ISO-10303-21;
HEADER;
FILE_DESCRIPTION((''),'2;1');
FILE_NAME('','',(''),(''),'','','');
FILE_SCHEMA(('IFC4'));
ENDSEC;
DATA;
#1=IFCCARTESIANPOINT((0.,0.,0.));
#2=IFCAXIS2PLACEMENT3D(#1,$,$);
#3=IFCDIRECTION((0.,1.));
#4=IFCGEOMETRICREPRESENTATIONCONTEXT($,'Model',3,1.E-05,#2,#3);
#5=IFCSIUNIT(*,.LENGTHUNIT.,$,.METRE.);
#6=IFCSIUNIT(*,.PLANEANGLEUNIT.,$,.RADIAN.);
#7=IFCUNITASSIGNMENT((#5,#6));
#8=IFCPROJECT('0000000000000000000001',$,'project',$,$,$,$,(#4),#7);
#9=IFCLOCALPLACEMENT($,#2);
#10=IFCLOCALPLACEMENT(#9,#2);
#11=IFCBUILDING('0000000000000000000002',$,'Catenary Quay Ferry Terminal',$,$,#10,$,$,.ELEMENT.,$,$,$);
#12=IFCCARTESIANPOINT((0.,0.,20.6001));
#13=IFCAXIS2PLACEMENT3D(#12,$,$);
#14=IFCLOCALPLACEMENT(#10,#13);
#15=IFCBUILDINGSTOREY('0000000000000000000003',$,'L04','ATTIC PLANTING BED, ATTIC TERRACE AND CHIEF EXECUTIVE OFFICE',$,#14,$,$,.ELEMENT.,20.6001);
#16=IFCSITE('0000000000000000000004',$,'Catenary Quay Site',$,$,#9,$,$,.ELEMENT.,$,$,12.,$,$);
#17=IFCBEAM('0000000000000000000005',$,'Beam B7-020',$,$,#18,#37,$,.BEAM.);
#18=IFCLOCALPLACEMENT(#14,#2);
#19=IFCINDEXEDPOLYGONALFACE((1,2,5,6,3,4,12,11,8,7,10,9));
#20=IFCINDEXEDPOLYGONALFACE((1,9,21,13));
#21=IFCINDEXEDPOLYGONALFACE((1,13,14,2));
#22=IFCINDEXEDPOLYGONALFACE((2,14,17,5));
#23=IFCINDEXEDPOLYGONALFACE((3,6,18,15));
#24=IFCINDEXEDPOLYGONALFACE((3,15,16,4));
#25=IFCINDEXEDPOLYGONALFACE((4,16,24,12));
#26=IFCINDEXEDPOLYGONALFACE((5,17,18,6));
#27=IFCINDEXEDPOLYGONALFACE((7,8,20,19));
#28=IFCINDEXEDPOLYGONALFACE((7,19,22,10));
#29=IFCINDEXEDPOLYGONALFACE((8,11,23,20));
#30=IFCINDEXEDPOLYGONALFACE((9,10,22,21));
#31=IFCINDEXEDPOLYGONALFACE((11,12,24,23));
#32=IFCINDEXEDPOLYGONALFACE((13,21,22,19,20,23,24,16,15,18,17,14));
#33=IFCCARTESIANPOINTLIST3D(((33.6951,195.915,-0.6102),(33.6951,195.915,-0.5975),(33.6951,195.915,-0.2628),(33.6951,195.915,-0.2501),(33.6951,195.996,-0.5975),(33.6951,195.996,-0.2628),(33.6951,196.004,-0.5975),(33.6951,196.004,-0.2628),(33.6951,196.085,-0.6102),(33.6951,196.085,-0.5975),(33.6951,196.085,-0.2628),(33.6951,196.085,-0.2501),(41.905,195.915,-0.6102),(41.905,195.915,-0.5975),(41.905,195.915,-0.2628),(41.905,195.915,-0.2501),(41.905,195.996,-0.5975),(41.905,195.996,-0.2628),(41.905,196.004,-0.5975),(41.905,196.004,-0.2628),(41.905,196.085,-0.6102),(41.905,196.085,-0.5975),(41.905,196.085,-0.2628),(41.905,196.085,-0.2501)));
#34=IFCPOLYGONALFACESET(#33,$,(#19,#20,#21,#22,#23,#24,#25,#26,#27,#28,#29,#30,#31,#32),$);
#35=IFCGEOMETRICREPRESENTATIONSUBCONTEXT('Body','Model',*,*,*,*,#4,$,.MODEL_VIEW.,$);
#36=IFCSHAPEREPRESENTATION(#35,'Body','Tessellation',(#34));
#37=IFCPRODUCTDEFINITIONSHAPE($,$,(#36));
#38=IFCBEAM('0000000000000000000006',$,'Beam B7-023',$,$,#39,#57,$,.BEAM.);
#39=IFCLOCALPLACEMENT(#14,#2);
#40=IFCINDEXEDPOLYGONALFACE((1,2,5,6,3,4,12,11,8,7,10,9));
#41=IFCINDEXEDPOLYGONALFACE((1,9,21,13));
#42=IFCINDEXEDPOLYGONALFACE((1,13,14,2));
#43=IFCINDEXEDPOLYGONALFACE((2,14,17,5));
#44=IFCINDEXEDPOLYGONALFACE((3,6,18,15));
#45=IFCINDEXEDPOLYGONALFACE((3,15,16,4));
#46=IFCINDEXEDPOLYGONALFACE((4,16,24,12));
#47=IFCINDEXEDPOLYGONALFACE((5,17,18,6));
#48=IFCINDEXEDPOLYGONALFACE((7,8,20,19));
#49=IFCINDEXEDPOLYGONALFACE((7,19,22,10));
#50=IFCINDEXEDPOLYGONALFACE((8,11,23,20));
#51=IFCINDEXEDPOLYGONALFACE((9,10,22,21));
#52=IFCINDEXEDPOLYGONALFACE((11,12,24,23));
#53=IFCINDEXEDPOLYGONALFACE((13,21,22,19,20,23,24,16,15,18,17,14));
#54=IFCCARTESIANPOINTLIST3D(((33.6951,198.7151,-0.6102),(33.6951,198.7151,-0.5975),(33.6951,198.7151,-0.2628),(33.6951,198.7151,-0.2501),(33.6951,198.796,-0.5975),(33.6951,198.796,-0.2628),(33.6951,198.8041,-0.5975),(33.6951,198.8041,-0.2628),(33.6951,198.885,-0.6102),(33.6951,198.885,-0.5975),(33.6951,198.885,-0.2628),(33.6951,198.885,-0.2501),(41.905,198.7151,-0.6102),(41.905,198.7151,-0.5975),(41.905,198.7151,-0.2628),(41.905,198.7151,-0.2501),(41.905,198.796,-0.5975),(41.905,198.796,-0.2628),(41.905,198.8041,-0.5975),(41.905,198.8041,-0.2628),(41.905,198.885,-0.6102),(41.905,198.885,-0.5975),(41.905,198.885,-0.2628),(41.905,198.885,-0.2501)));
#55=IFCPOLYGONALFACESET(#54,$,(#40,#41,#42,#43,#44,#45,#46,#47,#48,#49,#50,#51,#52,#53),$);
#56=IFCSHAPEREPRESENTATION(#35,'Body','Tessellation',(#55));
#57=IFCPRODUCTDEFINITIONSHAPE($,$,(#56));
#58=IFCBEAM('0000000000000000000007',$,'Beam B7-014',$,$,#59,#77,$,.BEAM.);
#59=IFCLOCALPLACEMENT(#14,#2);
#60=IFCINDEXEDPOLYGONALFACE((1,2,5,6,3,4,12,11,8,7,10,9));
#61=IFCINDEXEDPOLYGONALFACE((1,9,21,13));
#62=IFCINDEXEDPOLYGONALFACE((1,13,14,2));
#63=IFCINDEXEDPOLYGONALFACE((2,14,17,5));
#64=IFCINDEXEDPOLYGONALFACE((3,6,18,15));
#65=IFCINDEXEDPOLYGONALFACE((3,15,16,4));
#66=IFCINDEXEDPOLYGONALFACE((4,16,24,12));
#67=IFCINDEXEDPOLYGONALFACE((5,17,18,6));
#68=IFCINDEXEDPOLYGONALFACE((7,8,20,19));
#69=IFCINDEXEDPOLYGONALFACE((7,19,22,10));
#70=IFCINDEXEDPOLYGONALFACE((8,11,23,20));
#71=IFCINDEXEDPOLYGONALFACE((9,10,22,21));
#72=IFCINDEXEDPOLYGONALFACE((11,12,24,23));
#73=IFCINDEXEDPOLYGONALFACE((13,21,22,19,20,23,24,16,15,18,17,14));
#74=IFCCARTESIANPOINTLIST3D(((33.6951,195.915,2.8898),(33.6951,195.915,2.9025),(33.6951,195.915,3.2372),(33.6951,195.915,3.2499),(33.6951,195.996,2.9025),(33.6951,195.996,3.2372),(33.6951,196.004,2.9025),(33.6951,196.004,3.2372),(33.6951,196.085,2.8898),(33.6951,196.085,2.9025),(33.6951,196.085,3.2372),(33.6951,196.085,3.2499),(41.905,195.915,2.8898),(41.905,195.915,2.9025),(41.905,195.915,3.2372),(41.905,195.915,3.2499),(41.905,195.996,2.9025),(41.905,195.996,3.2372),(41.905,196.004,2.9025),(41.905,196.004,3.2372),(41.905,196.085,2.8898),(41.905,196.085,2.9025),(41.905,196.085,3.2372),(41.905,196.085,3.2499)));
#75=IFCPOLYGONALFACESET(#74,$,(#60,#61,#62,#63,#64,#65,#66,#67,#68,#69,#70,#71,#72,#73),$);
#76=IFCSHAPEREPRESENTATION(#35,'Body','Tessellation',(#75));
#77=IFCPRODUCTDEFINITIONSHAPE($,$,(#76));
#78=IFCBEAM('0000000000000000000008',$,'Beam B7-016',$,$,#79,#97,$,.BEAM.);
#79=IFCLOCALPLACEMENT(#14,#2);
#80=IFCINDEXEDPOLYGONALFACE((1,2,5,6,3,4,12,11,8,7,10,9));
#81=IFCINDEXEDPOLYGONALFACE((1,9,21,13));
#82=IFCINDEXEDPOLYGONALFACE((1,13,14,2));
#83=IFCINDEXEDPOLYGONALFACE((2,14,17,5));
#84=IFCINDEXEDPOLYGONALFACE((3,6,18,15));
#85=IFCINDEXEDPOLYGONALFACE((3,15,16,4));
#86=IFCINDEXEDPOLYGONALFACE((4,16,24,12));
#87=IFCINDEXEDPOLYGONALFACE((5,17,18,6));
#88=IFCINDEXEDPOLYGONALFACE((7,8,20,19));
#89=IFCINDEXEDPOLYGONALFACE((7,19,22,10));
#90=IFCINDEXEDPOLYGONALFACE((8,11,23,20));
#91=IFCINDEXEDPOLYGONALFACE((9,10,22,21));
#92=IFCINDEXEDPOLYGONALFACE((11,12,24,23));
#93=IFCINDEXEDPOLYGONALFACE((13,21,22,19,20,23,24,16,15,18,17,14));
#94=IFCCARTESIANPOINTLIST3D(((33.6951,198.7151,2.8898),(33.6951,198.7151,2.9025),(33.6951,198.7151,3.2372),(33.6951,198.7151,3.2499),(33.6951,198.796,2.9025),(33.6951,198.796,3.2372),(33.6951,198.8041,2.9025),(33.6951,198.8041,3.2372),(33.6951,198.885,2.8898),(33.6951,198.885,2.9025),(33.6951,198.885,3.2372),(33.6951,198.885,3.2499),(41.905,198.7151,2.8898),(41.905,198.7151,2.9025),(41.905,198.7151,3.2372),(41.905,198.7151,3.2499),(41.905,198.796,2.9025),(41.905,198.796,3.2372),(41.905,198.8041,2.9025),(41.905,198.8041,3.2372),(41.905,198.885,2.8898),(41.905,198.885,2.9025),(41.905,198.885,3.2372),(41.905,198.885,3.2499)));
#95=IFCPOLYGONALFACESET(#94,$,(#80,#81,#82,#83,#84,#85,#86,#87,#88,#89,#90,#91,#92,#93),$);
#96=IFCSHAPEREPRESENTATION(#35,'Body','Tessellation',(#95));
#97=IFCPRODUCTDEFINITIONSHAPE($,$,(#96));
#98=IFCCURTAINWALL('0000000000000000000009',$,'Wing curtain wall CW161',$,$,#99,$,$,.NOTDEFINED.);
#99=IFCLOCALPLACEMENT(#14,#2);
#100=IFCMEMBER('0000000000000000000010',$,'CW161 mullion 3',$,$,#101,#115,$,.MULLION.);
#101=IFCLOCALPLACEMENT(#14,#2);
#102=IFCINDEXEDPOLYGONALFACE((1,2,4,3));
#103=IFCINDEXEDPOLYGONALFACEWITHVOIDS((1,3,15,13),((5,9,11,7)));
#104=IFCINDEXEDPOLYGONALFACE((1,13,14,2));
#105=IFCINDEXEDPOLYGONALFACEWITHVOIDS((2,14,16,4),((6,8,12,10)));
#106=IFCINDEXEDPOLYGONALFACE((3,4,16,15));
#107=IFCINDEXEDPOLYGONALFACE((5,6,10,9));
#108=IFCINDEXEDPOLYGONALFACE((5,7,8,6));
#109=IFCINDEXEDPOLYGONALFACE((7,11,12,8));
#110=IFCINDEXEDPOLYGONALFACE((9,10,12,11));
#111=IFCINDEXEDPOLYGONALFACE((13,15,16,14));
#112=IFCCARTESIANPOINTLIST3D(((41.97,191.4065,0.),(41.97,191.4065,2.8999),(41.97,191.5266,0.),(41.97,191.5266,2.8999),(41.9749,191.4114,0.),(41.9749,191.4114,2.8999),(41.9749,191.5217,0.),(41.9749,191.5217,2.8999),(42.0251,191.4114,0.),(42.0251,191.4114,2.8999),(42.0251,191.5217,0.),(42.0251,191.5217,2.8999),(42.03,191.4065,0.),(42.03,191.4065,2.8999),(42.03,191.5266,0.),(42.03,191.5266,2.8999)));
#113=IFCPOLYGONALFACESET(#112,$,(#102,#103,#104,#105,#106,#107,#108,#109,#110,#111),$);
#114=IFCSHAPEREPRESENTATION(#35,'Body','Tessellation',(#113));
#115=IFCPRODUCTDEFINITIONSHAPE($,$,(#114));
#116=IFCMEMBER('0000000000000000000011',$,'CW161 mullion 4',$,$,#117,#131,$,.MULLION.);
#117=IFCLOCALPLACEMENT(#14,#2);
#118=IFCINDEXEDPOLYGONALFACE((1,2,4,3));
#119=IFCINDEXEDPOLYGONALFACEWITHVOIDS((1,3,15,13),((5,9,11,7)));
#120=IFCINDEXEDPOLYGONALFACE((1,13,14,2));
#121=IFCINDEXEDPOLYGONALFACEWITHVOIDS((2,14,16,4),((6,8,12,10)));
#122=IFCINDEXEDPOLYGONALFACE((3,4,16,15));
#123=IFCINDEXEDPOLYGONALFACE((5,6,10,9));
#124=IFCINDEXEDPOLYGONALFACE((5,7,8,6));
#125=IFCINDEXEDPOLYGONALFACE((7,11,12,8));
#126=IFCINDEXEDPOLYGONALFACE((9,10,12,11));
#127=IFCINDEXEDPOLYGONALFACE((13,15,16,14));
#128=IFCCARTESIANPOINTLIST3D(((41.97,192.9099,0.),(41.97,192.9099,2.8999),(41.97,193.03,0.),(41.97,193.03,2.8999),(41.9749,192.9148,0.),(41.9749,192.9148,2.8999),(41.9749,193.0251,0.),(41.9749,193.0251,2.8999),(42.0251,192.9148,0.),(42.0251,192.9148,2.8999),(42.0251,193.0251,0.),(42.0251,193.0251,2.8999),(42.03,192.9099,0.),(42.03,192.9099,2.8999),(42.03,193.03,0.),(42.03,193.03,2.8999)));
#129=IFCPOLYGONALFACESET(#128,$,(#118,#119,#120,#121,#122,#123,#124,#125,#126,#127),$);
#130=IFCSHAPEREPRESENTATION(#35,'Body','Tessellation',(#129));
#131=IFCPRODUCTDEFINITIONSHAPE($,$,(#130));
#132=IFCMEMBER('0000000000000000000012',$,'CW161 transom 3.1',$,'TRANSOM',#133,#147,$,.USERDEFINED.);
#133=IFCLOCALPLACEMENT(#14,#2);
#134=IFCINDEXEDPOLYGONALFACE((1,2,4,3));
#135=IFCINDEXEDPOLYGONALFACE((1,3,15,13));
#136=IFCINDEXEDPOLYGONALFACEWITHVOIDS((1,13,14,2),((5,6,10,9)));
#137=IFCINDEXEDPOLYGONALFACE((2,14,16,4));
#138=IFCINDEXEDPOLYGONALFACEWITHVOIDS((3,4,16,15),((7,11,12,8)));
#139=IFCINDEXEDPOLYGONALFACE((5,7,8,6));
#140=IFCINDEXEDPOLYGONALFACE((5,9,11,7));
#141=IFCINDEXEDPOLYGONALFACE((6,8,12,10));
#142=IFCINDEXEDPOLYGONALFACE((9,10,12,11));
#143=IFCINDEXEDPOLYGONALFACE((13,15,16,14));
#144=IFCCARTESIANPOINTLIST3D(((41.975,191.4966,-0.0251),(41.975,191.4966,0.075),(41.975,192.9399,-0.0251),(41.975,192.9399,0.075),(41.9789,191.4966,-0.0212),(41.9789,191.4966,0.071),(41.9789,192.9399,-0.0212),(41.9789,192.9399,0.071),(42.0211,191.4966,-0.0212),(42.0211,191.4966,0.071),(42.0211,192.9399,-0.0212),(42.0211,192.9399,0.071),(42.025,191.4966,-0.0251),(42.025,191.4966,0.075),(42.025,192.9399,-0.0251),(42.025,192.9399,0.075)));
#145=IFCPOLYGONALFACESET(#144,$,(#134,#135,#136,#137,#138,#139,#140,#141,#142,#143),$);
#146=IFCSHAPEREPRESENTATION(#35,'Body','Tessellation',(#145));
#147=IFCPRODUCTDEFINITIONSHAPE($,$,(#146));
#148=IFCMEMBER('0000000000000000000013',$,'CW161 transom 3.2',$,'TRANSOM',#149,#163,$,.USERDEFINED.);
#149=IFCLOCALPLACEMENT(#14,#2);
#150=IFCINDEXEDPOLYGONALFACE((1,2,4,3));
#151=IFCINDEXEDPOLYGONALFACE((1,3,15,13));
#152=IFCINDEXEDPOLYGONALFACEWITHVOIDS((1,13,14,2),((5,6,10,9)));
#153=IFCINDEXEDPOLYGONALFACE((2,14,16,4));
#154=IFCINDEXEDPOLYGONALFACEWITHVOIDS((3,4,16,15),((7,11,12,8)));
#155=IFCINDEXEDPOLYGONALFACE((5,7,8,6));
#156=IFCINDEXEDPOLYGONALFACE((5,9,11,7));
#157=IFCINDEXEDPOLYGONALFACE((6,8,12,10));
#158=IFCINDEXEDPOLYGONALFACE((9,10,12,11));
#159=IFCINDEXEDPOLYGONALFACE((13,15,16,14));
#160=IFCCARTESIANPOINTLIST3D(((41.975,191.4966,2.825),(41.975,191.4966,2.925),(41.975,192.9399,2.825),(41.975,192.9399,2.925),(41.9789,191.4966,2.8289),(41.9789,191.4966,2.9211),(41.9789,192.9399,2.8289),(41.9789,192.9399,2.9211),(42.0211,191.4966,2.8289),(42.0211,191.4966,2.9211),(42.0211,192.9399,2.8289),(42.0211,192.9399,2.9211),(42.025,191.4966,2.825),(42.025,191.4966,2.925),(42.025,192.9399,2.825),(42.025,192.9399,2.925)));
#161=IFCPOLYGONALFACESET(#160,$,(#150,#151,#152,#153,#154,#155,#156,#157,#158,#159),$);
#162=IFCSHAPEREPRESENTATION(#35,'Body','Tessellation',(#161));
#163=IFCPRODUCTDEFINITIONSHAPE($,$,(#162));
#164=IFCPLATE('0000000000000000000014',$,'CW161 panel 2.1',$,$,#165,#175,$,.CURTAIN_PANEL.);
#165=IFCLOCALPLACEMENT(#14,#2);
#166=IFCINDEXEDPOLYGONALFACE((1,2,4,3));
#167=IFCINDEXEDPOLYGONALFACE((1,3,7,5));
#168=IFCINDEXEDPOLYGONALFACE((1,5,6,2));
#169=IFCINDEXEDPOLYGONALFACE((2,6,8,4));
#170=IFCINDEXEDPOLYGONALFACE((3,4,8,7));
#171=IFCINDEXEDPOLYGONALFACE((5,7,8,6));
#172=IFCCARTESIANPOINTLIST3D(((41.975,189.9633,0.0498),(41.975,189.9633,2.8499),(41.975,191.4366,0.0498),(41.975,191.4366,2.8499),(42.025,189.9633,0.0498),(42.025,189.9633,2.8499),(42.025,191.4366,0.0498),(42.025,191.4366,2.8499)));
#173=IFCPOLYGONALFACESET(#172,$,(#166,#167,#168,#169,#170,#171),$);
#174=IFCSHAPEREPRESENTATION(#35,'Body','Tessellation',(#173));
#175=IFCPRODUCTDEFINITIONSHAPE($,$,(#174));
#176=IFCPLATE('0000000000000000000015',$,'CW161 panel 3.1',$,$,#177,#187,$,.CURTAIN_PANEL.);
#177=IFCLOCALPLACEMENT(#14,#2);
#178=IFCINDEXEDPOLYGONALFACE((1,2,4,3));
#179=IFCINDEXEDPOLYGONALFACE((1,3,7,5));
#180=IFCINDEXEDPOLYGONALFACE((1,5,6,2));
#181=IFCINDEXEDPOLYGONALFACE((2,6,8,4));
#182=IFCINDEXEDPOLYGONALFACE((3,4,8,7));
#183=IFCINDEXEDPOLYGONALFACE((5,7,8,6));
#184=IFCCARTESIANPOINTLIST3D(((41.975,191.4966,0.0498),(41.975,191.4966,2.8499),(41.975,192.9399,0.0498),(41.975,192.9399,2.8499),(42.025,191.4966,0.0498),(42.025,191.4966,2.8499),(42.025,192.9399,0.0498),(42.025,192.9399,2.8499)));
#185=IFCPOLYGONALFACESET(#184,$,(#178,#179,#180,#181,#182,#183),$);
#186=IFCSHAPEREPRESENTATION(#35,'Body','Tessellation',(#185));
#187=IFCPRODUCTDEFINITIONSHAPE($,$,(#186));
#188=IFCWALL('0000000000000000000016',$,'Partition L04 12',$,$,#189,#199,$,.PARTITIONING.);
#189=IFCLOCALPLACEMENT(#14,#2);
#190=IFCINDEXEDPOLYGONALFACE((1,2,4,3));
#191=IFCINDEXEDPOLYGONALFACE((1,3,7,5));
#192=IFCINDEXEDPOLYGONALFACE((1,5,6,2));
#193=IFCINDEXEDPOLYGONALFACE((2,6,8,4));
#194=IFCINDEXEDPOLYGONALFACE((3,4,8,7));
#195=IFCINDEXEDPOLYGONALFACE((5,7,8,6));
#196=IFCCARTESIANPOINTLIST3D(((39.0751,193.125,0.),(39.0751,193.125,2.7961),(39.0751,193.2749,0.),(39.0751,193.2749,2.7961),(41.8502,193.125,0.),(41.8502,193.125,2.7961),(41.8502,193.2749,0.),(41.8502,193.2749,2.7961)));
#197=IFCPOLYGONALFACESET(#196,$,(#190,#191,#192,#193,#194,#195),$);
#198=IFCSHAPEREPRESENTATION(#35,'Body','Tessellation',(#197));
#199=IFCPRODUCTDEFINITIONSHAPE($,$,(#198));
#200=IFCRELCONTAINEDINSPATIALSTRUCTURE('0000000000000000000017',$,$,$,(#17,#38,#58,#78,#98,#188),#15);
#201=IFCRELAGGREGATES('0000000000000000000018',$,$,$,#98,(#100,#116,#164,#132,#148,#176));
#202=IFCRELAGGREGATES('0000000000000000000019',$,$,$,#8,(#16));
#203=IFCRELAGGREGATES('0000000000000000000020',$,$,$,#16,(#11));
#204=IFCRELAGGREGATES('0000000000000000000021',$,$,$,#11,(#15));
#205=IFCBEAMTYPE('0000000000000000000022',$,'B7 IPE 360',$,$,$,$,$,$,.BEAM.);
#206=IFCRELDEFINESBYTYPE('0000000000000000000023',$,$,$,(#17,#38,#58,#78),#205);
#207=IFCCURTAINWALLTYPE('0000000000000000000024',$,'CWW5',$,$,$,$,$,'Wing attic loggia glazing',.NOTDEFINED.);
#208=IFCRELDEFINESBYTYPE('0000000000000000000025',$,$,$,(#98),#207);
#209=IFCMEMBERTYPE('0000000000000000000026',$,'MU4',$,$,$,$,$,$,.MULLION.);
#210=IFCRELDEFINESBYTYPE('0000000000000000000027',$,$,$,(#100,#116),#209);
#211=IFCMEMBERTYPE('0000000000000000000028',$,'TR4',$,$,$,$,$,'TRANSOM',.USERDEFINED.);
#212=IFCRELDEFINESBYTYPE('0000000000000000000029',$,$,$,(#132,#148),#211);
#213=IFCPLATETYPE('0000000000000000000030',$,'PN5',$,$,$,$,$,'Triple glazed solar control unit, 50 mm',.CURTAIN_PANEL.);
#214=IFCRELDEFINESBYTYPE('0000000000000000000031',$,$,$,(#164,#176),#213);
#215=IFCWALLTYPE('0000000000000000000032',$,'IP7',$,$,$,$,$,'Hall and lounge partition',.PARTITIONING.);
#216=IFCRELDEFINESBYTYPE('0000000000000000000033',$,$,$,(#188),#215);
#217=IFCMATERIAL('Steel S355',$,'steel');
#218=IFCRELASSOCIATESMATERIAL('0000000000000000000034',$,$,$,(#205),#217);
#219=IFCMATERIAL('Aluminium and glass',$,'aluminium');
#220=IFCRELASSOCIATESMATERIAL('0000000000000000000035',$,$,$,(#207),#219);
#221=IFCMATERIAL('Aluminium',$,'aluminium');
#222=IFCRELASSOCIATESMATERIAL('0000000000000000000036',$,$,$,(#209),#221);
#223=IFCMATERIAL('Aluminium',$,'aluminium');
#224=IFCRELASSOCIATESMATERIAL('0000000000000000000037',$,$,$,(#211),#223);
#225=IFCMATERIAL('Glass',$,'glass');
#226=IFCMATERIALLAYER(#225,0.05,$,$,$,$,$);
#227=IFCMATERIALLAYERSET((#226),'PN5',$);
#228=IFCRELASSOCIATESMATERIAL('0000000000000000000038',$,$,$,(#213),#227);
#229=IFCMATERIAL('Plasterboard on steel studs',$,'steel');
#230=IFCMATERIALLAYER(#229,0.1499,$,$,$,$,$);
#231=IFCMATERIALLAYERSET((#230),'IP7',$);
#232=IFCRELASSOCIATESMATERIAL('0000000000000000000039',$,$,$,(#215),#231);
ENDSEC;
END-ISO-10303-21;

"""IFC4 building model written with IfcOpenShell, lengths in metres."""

from ifc_helpers import new_model, si_unit, direction, frame, frame_2d, origin, origin_2d, place, context, subcontext, project, spatial, rectangle, hollow_rectangle, i_section, extrude, material, layer, layer_set, material_profile, profile_set, type_object, element, aggregate, save


model = new_model("IFC4")

# Units and contexts
model_context = context("Model", 3, precision=1e-05, world=origin(), true_north=direction((0.0, 1.0)))
body_context = subcontext(model_context, "Body", "Model", "MODEL_VIEW")
ifc_project = project(units=[si_unit("LENGTHUNIT", "METRE"), si_unit("PLANEANGLEUNIT", "RADIAN")], contexts=[model_context])

# Site, building, storey
site_placement = place(None, origin())
site = spatial("IfcSite", under=ifc_project, at=site_placement, Name="Catenary Quay Site", CompositionType="ELEMENT", RefElevation=12.0)
building_placement = place(site_placement, origin())
building = spatial("IfcBuilding", under=site, at=building_placement, Name="Catenary Quay Ferry Terminal", CompositionType="ELEMENT")
storey_placement = place(building_placement, frame((0.0, 0.0, 20.6001)))
storey = spatial("IfcBuildingStorey", under=building, at=storey_placement, Name="L04", Description="ATTIC PLANTING BED, ATTIC TERRACE AND CHIEF EXECUTIVE OFFICE", CompositionType="ELEMENT", Elevation=20.6001)

# Beams
ifc_material_1 = material(Name="Steel S355", Category="steel")
ifc_material_profile_1 = material_profile(ifc_material_1, i_section(OverallWidth=0.1699, OverallDepth=0.3601, WebThickness=0.0081, FlangeThickness=0.0127, at=origin_2d()), Name="IPE 360")
ifc_profile_set_1 = profile_set([ifc_material_profile_1], Name="Steel S355")
beam_type = type_object("IfcBeamType", Name="B7 IPE 360", PredefinedType="BEAM", material=ifc_profile_set_1)
for number, where, z_axis, x_axis, name in (
    (1, (33.6951, 196.0, -0.4302), (1.0, 0.0, 0.0), (0.0, 1.0, 0.0), "Beam B7-020"),
    (2, (33.6951, 198.8, -0.4302), (1.0, 0.0, 0.0), (0.0, 1.0, 0.0), "Beam B7-023"),
    (3, (33.6951, 196.0, 3.0698), (1.0, 0.0, 0.0), (0.0, 1.0, 0.0), "Beam B7-014"),
    (4, (33.6951, 198.8, 3.0698), (1.0, 0.0, 0.0), (0.0, 1.0, 0.0), "Beam B7-016"),
):
    element("IfcBeam", number, at=place(storey_placement, frame(where, z_axis=z_axis, x_axis=x_axis)), inside=storey, type_object=beam_type, Name=name, PredefinedType="BEAM", context=body_context, shape_type="SweptSolid", body=[
        extrude(i_section(OverallWidth=0.1699, OverallDepth=0.3601, WebThickness=0.0081, FlangeThickness=0.0127, at=origin_2d()), origin(), (0.0, 0.0, 1.0), 8.21),
    ])

# Curtain wall, members, plates
ifc_material_2 = material(Name="Aluminium and glass", Category="aluminium")
curtain_wall_type = type_object("IfcCurtainWallType", Name="CWW5", ElementType="Wing attic loggia glazing", PredefinedType="NOTDEFINED", material=ifc_material_2)
curtain_wall_placement = place(storey_placement, origin())
curtain_wall = element("IfcCurtainWall", 5, at=curtain_wall_placement, inside=storey, type_object=curtain_wall_type, Name="Wing curtain wall CW161", PredefinedType="NOTDEFINED")
ifc_material_3 = material(Name="Aluminium", Category="aluminium")
ifc_material_profile_2 = material_profile(ifc_material_3, hollow_rectangle(XDim=0.0601, YDim=0.1201, WallThickness=0.0049, at=origin_2d()), Name="MU4")
ifc_profile_set_2 = profile_set([ifc_material_profile_2], Name="Aluminium")
member_type_1 = type_object("IfcMemberType", Name="MU4", PredefinedType="MULLION", material=ifc_profile_set_2)
member_1_placement = place(storey_placement, frame((42.0, 191.4666, 0.0), z_axis=(0.0, 0.0, 1.0), x_axis=(-1.0, 0.0, 0.0)))
member_1 = element("IfcMember", 6, at=member_1_placement, type_object=member_type_1, Name="CW161 mullion 3", PredefinedType="MULLION", context=body_context, shape_type="SweptSolid", body=[
    extrude(hollow_rectangle(XDim=0.0601, YDim=0.1201, WallThickness=0.0049, at=origin_2d()), origin(), (0.0, 0.0, 1.0), 2.8999),
])
member_2_placement = place(storey_placement, frame((42.0, 192.97, 0.0), z_axis=(0.0, 0.0, 1.0), x_axis=(-1.0, 0.0, 0.0)))
member_2 = element("IfcMember", 7, at=member_2_placement, type_object=member_type_1, Name="CW161 mullion 4", PredefinedType="MULLION", context=body_context, shape_type="SweptSolid", body=[
    extrude(hollow_rectangle(XDim=0.0601, YDim=0.1201, WallThickness=0.0049, at=origin_2d()), origin(), (0.0, 0.0, 1.0), 2.8999),
])
ifc_material_4 = material(Name="Aluminium", Category="aluminium")
ifc_material_profile_3 = material_profile(ifc_material_4, hollow_rectangle(XDim=0.05, YDim=0.1001, WallThickness=0.0039, at=origin_2d()), Name="TR4")
ifc_profile_set_3 = profile_set([ifc_material_profile_3], Name="Aluminium")
member_type_2 = type_object("IfcMemberType", Name="TR4", ElementType="TRANSOM", PredefinedType="USERDEFINED", material=ifc_profile_set_3)
member_3_placement = place(storey_placement, frame((42.0, 191.4966, 0.0249), z_axis=(0.0, 1.0, 0.0), x_axis=(-1.0, 0.0, 0.0)))
member_3 = element("IfcMember", 8, at=member_3_placement, type_object=member_type_2, Name="CW161 transom 3.1", ObjectType="TRANSOM", PredefinedType="USERDEFINED", context=body_context, shape_type="SweptSolid", body=[
    extrude(hollow_rectangle(XDim=0.05, YDim=0.1001, WallThickness=0.0039, at=origin_2d()), origin(), (0.0, 0.0, 1.0), 1.4434),
])
member_4_placement = place(storey_placement, frame((42.0, 191.4966, 2.875), z_axis=(0.0, 1.0, 0.0), x_axis=(-1.0, 0.0, 0.0)))
member_4 = element("IfcMember", 9, at=member_4_placement, type_object=member_type_2, Name="CW161 transom 3.2", ObjectType="TRANSOM", PredefinedType="USERDEFINED", context=body_context, shape_type="SweptSolid", body=[
    extrude(hollow_rectangle(XDim=0.05, YDim=0.1001, WallThickness=0.0039, at=origin_2d()), origin(), (0.0, 0.0, 1.0), 1.4434),
])
ifc_material_5 = material(Name="Glass", Category="glass")
ifc_layer_1 = layer(ifc_material_5, 0.05)
ifc_layer_set_1 = layer_set([ifc_layer_1], Name="PN5")
plate_type = type_object("IfcPlateType", Name="PN5", ElementType="Triple glazed solar control unit, 50 mm", PredefinedType="CURTAIN_PANEL", material=ifc_layer_set_1)
plate_1_placement = place(storey_placement, frame((42.0, 190.7, 0.0498), z_axis=(0.0, 0.0, 1.0), x_axis=(0.0, 1.0, 0.0)))
plate_1 = element("IfcPlate", 10, at=plate_1_placement, type_object=plate_type, Name="CW161 panel 2.1", PredefinedType="CURTAIN_PANEL", context=body_context, shape_type="SweptSolid", body=[
    extrude(rectangle(XDim=1.4734, YDim=0.05, at=origin_2d()), origin(), (0.0, 0.0, 1.0), 2.8),
])
plate_2_placement = place(storey_placement, frame((42.0, 192.2183, 0.0498), z_axis=(0.0, 0.0, 1.0), x_axis=(0.0, 1.0, 0.0)))
plate_2 = element("IfcPlate", 11, at=plate_2_placement, type_object=plate_type, Name="CW161 panel 3.1", PredefinedType="CURTAIN_PANEL", context=body_context, shape_type="SweptSolid", body=[
    extrude(rectangle(XDim=1.4434, YDim=0.05, at=origin_2d()), origin(), (0.0, 0.0, 1.0), 2.8),
])
aggregate(curtain_wall, [member_1, member_2, plate_1, member_3, member_4, plate_2])

# Wall
ifc_material_6 = material(Name="Plasterboard on steel studs", Category="steel")
ifc_layer_2 = layer(ifc_material_6, 0.1499)
ifc_layer_set_2 = layer_set([ifc_layer_2], Name="IP7")
wall_type_1 = type_object("IfcWallType", Name="IP7", ElementType="Hall and lounge partition", PredefinedType="PARTITIONING", material=ifc_layer_set_2)
wall_1_placement = place(storey_placement, frame((39.075, 193.2, 0.0), z_axis=(0.0, 0.0, 1.0), x_axis=(1.0, 0.0, 0.0)))
element("IfcWall", 12, at=wall_1_placement, inside=storey, type_object=wall_type_1, Name="Partition L04 12", PredefinedType="PARTITIONING", context=body_context, shape_type="SweptSolid", body=[
    extrude(rectangle(XDim=2.7751, YDim=0.1499, at=frame_2d((1.3877, 0.0))), origin(), (0.0, 0.0, 1.0), 2.7961),
])

save(model, "model.ifc")
